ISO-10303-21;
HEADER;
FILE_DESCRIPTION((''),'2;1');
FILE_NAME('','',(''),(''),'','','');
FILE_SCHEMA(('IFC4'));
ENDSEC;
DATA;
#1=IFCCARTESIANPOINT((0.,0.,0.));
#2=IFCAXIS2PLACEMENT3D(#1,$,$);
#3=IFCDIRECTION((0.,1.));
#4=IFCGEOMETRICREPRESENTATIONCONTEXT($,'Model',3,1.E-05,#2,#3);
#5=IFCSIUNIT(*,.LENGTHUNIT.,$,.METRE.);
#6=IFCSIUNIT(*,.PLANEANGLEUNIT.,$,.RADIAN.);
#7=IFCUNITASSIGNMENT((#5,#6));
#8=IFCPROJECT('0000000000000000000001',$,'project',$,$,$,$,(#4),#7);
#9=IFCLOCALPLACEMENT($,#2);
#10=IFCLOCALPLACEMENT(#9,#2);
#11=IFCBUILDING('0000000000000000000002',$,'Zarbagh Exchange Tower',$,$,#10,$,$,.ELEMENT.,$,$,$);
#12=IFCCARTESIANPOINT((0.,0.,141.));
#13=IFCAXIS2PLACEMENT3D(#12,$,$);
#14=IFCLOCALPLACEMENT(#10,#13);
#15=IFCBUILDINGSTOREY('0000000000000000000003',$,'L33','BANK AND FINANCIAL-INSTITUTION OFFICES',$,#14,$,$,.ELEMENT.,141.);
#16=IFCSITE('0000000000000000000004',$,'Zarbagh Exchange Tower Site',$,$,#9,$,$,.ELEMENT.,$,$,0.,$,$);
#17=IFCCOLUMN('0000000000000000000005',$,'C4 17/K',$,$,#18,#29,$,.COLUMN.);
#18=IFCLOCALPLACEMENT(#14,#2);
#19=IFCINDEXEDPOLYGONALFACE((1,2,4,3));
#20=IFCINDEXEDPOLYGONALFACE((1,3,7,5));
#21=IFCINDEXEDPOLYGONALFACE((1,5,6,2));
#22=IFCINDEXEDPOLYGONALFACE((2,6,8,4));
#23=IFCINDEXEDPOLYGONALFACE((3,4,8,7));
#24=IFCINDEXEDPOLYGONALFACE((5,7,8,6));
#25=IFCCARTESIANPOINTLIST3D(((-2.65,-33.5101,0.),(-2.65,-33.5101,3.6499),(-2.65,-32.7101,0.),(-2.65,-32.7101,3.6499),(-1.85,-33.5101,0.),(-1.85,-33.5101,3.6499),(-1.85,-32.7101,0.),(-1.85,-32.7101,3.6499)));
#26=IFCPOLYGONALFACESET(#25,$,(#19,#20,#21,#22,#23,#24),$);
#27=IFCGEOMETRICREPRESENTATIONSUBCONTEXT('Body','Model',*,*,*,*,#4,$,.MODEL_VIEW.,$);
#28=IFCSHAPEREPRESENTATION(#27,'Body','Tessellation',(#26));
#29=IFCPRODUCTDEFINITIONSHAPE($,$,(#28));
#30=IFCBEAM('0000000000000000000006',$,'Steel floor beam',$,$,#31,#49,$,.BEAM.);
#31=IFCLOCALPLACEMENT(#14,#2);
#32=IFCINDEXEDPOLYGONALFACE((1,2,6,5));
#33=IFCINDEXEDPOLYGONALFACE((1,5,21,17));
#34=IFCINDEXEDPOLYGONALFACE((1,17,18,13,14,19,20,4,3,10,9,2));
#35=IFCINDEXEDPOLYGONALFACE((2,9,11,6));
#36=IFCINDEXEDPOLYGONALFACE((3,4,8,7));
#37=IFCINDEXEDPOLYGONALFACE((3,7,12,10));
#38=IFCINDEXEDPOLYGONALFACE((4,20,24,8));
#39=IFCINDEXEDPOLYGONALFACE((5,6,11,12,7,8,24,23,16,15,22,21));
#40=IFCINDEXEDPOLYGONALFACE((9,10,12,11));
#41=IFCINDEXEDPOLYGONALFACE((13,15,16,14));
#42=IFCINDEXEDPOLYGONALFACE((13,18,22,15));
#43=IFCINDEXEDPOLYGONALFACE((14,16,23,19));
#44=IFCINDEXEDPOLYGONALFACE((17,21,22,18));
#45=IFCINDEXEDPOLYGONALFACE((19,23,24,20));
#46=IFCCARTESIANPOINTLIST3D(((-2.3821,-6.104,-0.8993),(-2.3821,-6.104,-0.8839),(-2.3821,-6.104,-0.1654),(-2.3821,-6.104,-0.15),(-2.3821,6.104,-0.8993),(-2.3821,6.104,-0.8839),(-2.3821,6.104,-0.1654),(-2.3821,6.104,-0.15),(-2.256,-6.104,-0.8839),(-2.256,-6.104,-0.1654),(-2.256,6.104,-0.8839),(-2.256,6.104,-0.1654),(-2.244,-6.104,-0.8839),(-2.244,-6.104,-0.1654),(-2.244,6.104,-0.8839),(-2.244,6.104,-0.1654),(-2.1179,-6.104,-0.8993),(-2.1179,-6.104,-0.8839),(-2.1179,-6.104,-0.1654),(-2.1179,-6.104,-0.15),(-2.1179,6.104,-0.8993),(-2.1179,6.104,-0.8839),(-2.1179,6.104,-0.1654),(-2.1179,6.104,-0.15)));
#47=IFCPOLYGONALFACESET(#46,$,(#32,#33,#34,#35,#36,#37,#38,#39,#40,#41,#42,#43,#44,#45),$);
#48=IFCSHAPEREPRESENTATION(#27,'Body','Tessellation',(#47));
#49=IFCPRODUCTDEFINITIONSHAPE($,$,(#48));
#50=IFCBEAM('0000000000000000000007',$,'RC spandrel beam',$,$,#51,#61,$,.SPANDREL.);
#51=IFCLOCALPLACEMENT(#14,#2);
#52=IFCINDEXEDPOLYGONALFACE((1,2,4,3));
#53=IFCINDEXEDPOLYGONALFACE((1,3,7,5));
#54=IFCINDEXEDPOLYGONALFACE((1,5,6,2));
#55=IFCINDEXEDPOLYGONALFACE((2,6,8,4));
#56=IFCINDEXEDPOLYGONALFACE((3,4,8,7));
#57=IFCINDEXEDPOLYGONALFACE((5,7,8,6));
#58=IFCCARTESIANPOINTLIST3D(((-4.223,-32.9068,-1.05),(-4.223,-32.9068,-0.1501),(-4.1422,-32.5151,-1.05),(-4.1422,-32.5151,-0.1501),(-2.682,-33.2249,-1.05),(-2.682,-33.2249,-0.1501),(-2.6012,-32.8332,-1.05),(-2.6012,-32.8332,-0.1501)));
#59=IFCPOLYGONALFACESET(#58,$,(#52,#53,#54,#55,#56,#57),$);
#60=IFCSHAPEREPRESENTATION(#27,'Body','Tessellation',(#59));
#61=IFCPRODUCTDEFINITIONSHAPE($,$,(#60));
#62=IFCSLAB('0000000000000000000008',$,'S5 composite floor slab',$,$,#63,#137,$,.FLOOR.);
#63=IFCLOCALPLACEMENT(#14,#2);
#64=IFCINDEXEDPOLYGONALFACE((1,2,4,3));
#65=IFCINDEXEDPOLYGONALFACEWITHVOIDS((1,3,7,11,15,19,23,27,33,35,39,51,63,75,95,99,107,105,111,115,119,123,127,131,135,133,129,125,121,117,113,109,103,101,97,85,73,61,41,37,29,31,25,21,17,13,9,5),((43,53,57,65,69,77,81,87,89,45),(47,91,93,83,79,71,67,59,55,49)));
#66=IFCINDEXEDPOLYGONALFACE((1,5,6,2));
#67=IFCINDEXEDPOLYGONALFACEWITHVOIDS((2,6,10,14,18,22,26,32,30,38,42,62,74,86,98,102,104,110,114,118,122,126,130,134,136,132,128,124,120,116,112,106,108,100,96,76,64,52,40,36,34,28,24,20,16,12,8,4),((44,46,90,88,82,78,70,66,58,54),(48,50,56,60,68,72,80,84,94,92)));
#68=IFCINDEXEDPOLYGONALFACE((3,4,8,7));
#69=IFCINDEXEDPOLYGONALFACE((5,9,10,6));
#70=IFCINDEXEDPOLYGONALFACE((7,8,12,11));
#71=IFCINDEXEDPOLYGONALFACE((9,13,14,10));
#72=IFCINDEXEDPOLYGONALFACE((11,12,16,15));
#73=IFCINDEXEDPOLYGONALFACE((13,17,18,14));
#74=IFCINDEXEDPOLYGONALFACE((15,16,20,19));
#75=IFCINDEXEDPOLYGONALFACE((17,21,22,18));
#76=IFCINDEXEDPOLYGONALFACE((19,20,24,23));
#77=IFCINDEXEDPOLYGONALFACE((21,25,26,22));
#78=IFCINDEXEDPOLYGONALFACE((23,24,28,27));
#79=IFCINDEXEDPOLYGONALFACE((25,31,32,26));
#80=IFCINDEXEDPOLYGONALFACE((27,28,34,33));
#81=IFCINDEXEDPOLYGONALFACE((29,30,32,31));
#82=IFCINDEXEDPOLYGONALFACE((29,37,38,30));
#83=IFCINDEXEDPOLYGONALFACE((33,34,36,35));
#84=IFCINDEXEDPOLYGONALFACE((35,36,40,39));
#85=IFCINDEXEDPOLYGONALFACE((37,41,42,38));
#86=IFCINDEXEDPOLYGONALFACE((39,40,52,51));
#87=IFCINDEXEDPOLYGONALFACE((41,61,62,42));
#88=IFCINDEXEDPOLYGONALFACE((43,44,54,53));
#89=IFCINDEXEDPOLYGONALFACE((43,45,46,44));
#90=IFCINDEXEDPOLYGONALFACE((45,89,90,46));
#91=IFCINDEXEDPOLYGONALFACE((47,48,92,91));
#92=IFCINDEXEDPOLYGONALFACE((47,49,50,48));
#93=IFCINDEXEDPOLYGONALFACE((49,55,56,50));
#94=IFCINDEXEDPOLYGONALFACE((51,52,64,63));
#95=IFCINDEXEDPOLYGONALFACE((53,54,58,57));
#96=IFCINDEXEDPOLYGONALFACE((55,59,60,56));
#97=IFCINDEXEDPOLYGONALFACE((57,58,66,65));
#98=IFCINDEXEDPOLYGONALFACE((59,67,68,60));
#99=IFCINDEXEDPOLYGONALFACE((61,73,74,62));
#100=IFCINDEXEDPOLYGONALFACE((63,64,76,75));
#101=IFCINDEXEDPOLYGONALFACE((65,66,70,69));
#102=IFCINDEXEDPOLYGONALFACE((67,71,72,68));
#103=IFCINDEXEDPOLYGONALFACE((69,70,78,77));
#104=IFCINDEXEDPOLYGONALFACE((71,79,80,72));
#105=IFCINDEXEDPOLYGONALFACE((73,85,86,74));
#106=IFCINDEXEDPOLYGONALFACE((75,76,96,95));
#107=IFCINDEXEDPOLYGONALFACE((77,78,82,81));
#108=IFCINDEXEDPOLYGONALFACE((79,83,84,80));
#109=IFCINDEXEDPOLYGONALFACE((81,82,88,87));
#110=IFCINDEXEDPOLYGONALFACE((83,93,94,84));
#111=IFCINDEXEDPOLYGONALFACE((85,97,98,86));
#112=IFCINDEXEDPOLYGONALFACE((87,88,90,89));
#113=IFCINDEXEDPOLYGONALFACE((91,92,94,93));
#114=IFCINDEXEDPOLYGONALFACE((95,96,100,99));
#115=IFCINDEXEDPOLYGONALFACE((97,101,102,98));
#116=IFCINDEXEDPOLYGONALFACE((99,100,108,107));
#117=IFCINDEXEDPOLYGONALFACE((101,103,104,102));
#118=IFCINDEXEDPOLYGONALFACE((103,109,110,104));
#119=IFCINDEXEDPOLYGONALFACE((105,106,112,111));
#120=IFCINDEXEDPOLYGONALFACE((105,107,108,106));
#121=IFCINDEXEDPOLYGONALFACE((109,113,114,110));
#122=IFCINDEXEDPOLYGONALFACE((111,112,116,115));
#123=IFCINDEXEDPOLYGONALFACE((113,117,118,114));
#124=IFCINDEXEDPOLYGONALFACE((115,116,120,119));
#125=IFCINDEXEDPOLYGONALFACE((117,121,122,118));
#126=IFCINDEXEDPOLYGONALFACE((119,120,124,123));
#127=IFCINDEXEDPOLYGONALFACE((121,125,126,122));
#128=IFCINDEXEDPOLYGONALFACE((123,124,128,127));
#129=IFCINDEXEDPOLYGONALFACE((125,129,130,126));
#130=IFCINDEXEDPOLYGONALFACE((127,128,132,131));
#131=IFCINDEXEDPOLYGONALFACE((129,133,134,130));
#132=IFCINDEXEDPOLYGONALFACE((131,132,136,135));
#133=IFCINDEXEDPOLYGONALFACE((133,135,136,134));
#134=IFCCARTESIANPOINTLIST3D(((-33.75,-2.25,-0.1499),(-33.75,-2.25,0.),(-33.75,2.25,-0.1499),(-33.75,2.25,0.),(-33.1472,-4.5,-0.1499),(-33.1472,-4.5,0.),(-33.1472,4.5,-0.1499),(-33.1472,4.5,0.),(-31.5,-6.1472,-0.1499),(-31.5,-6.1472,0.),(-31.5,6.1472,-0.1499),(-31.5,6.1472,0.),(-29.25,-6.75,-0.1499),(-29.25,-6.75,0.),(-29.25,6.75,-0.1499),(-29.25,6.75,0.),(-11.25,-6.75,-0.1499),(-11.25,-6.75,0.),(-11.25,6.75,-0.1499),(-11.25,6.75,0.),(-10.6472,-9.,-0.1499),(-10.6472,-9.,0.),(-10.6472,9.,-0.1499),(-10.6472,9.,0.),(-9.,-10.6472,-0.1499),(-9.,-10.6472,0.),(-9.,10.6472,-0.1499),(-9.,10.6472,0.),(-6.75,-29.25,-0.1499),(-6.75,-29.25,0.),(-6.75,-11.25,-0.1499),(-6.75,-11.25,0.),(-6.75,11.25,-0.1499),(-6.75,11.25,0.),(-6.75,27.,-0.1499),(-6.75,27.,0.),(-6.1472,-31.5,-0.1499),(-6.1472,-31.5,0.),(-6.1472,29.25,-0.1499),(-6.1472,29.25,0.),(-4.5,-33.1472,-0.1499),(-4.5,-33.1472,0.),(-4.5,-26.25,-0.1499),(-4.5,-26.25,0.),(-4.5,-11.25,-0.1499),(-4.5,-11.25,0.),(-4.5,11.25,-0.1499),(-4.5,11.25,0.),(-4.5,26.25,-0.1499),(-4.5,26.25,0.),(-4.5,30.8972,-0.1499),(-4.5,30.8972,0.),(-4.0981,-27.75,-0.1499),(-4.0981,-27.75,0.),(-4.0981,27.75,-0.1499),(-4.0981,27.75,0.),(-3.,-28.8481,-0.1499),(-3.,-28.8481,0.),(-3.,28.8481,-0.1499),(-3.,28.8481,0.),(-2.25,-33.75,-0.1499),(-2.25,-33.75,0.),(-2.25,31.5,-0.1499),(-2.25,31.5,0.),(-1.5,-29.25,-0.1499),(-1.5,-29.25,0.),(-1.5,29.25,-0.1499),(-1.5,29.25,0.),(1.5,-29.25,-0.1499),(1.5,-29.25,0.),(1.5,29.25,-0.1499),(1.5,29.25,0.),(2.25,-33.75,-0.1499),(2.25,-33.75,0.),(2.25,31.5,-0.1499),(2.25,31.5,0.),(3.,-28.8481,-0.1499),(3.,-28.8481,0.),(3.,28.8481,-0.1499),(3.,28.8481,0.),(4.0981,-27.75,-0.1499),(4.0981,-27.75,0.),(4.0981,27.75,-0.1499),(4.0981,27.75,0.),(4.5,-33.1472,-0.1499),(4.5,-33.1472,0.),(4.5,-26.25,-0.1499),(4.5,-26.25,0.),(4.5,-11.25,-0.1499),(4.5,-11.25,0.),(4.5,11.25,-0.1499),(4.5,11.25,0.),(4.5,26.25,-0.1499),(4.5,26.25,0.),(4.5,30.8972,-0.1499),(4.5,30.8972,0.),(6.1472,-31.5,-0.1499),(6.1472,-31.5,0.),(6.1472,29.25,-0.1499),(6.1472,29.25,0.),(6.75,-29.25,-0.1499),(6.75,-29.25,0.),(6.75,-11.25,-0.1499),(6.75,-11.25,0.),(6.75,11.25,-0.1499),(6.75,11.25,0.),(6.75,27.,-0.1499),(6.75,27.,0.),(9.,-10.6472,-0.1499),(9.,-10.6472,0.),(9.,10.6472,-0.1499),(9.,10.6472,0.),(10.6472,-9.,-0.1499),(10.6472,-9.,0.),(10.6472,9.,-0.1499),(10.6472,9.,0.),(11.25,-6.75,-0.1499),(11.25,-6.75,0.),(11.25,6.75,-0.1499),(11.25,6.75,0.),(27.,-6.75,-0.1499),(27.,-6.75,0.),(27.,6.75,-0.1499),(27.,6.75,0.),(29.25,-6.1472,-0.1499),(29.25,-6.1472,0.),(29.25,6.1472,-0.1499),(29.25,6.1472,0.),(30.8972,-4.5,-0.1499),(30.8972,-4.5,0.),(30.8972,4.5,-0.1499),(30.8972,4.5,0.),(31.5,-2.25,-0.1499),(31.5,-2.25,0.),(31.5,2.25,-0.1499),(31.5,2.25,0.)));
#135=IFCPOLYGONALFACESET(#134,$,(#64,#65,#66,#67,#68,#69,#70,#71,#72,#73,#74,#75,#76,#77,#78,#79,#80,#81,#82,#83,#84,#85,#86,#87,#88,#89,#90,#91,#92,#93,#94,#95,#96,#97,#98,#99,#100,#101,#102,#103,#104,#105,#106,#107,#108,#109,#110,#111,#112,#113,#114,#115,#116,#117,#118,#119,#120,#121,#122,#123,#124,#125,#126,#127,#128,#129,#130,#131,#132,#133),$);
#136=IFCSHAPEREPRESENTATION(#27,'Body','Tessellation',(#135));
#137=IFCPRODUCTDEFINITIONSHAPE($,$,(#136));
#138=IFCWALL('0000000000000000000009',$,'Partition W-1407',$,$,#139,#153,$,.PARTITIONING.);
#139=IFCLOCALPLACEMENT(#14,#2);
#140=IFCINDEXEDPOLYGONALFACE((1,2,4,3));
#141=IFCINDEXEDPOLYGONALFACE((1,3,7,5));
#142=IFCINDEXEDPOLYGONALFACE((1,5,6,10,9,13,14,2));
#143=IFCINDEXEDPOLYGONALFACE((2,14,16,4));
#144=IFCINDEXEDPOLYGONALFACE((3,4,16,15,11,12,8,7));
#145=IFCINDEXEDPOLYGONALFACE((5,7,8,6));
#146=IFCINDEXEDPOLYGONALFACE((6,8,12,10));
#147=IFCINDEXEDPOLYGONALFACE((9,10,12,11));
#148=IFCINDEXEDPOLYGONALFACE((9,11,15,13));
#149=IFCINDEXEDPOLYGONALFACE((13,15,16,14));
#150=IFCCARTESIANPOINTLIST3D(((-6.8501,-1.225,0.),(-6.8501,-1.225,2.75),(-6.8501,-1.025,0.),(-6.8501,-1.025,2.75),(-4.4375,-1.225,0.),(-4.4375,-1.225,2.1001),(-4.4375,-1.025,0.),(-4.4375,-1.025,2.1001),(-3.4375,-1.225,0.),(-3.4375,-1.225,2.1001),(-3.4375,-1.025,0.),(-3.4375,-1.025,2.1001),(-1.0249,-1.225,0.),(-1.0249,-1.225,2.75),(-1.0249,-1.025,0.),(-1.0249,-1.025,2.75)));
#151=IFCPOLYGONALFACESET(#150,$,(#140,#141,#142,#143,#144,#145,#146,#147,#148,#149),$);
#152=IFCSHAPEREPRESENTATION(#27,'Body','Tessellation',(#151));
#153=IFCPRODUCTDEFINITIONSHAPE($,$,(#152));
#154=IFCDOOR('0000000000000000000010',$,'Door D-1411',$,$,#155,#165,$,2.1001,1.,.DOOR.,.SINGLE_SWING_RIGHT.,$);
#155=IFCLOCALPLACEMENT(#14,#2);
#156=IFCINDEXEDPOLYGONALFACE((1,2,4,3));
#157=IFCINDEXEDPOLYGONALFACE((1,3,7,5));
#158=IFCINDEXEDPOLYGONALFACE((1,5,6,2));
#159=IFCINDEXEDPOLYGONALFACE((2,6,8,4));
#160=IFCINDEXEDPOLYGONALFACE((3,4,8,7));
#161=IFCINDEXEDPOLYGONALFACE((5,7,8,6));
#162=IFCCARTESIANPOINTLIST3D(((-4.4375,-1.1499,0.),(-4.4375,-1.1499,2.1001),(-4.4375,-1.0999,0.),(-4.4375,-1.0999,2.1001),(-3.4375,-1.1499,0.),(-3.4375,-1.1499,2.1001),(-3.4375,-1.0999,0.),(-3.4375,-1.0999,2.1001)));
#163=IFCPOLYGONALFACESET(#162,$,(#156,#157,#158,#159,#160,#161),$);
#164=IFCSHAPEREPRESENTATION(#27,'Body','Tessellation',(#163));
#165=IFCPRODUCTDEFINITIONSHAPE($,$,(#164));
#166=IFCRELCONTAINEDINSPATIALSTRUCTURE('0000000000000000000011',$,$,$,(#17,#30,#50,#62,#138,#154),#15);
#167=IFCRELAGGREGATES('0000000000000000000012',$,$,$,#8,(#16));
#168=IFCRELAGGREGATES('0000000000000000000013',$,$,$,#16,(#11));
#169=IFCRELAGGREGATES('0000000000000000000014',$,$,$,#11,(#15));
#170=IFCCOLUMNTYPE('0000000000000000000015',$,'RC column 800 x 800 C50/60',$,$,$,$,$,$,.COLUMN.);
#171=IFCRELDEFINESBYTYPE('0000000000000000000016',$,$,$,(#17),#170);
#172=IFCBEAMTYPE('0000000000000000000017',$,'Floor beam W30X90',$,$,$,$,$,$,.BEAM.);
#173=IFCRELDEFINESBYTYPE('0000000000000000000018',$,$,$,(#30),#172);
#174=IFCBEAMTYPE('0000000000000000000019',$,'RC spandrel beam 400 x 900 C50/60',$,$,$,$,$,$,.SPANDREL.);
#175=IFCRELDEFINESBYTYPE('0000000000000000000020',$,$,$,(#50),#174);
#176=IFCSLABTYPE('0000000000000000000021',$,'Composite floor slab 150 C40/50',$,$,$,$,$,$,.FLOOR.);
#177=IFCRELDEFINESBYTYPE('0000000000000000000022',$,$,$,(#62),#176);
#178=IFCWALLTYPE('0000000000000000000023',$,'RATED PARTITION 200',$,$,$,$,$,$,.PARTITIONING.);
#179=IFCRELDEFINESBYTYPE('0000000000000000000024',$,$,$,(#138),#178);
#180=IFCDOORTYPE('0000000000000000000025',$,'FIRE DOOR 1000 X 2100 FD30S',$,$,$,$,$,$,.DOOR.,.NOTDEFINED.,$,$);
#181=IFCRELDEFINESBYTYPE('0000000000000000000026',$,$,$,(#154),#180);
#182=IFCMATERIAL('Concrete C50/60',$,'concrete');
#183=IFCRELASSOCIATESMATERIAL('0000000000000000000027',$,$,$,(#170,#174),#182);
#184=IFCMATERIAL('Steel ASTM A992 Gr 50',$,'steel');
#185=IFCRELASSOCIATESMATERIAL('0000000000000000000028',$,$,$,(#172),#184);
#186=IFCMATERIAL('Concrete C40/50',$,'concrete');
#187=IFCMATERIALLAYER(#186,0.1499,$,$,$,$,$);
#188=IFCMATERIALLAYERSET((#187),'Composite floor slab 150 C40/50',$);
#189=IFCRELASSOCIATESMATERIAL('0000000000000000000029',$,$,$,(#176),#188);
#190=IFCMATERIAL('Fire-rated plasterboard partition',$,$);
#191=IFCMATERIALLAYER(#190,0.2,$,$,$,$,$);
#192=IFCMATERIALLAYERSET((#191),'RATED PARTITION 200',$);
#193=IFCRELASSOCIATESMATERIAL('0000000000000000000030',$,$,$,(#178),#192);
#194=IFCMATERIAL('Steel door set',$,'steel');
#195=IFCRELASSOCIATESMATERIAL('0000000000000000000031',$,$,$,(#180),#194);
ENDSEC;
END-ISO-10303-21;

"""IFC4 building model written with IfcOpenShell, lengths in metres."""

from ifc_helpers import new_model, si_unit, direction, frame, frame_2d, origin, origin_2d, place, context, subcontext, project, spatial, polyline, rectangle, i_section, outline, extrude, material, layer, layer_set, material_profile, profile_set, type_object, element, fill, save


model = new_model("IFC4")

# Units and contexts
model_context = context("Model", 3, precision=1e-05, world=origin(), true_north=direction((0.0, 1.0)))
body_context = subcontext(model_context, "Body", "Model", "MODEL_VIEW")
ifc_project = project(units=[si_unit("LENGTHUNIT", "METRE"), si_unit("PLANEANGLEUNIT", "RADIAN")], contexts=[model_context])

# Site, building, storey
site_placement = place(None, origin())
site = spatial("IfcSite", under=ifc_project, at=site_placement, Name="Zarbagh Exchange Tower Site", CompositionType="ELEMENT", RefElevation=0.0)
building_placement = place(site_placement, origin())
building = spatial("IfcBuilding", under=site, at=building_placement, Name="Zarbagh Exchange Tower", CompositionType="ELEMENT")
storey_placement = place(building_placement, frame((0.0, 0.0, 141.0)))
storey = spatial("IfcBuildingStorey", under=building, at=storey_placement, Name="L33", Description="BANK AND FINANCIAL-INSTITUTION OFFICES", CompositionType="ELEMENT", Elevation=141.0)

# Column
ifc_material_1 = material(Name="Concrete C50/60", Category="concrete")
ifc_material_profile_1 = material_profile(ifc_material_1, rectangle(XDim=0.8, YDim=0.8, at=origin_2d()), Name="RC column 800 x 800 C50/60")
ifc_profile_set_1 = profile_set([ifc_material_profile_1], Name="Concrete C50/60")
column_type = type_object("IfcColumnType", Name="RC column 800 x 800 C50/60", PredefinedType="COLUMN", material=ifc_profile_set_1)
column_placement = place(storey_placement, frame((-2.25, -33.1101, 0.0), z_axis=(0.0, 0.0, 1.0), x_axis=(1.0, 0.0, 0.0)))
element("IfcColumn", 1, at=column_placement, inside=storey, type_object=column_type, Name="C4 17/K", PredefinedType="COLUMN", context=body_context, shape_type="SweptSolid", body=[
    extrude(rectangle(XDim=0.8, YDim=0.8, at=origin_2d()), origin(), (0.0, 0.0, 1.0), 3.6499),
])

# Beams
ifc_material_2 = material(Name="Steel ASTM A992 Gr 50", Category="steel")
ifc_material_profile_2 = material_profile(ifc_material_2, i_section(OverallWidth=0.2642, OverallDepth=0.7493, WebThickness=0.012, FlangeThickness=0.0154, at=origin_2d()), Name="W30X90")
ifc_profile_set_2 = profile_set([ifc_material_profile_2], Name="Steel ASTM A992 Gr 50")
beam_type_1 = type_object("IfcBeamType", Name="Floor beam W30X90", PredefinedType="BEAM", material=ifc_profile_set_2)
beam_1_placement = place(storey_placement, frame((-2.25, -6.104, -0.5247), z_axis=(0.0, 1.0, 0.0), x_axis=(-1.0, 0.0, 0.0)))
element("IfcBeam", 2, at=beam_1_placement, inside=storey, type_object=beam_type_1, Name="Steel floor beam", PredefinedType="BEAM", context=body_context, shape_type="SweptSolid", body=[
    extrude(i_section(OverallWidth=0.2642, OverallDepth=0.7493, WebThickness=0.012, FlangeThickness=0.0154, at=origin_2d()), origin(), (0.0, 0.0, 1.0), 12.208),
])
ifc_material_profile_3 = material_profile(ifc_material_1, rectangle(XDim=0.3999, YDim=0.8999, at=origin_2d()), Name="RC spandrel beam 400 x 900 C50/60")
ifc_profile_set_3 = profile_set([ifc_material_profile_3], Name="Concrete C50/60")
beam_type_2 = type_object("IfcBeamType", Name="RC spandrel beam 400 x 900 C50/60", PredefinedType="SPANDREL", material=ifc_profile_set_3)
beam_2_placement = place(storey_placement, frame((-2.6416, -33.0291, -0.6001), z_axis=(-0.979351, 0.202169, 0.0), x_axis=(-0.202169, -0.979351, 0.0)))
element("IfcBeam", 3, at=beam_2_placement, inside=storey, type_object=beam_type_2, Name="RC spandrel beam", PredefinedType="SPANDREL", context=body_context, shape_type="SweptSolid", body=[
    extrude(rectangle(XDim=0.3999, YDim=0.8999, at=origin_2d()), origin(), (0.0, 0.0, 1.0), 1.5735),
])

# Slab
ifc_material_3 = material(Name="Concrete C40/50", Category="concrete")
ifc_layer_1 = layer(ifc_material_3, 0.1499)
ifc_layer_set_1 = layer_set([ifc_layer_1], Name="Composite floor slab 150 C40/50")
slab_type = type_object("IfcSlabType", Name="Composite floor slab 150 C40/50", PredefinedType="FLOOR", material=ifc_layer_set_1)
slab_placement = place(storey_placement, frame((0.0, 0.0, -0.1499)))
element("IfcSlab", 4, at=slab_placement, inside=storey, type_object=slab_type, Name="S5 composite floor slab", PredefinedType="FLOOR", context=body_context, shape_type="SweptSolid", body=[
    extrude(outline(polyline([(-2.25, -33.75), (-4.5, -33.1472), (-6.1472, -31.5), (-6.75, -29.25), (-6.75, -11.25), (-9.0, -10.6472), (-10.6472, -9.0), (-11.25, -6.75), (-29.25, -6.75), (-31.5, -6.1472), (-33.1472, -4.5), (-33.75, -2.25), (-33.75, 2.25), (-33.1472, 4.5), (-31.5, 6.1472), (-29.25, 6.75), (-11.25, 6.75), (-10.6472, 9.0), (-9.0, 10.6472), (-6.75, 11.25), (-6.75, 27.0), (-6.1472, 29.25), (-4.5, 30.8972), (-2.25, 31.5), (2.25, 31.5), (4.5, 30.8972), (6.1472, 29.25), (6.75, 27.0), (6.75, 11.25), (9.0, 10.6472), (10.6472, 9.0), (11.25, 6.75), (27.0, 6.75), (29.25, 6.1472), (30.8972, 4.5), (31.5, 2.25), (31.5, -2.25), (30.8972, -4.5), (29.25, -6.1472), (27.0, -6.75), (11.25, -6.75), (10.6472, -9.0), (9.0, -10.6472), (6.75, -11.25), (6.75, -29.25), (6.1472, -31.5), (4.5, -33.1472), (2.25, -33.75), (-2.25, -33.75)]), holes=[polyline([(4.5, 11.25), (4.5, 26.25), (4.0981, 27.75), (3.0, 28.8481), (1.5, 29.25), (-1.5, 29.25), (-3.0, 28.8481), (-4.0981, 27.75), (-4.5, 26.25), (-4.5, 11.25), (4.5, 11.25)]), polyline([(-1.5, -29.25), (1.5, -29.25), (3.0, -28.8481), (4.0981, -27.75), (4.5, -26.25), (4.5, -11.25), (-4.5, -11.25), (-4.5, -26.25), (-4.0981, -27.75), (-3.0, -28.8481), (-1.5, -29.25)])]), origin(), (0.0, 0.0, 1.0), 0.1499),
])

# Wall, opening, door
ifc_material_4 = material(Name="Fire-rated plasterboard partition")
ifc_layer_2 = layer(ifc_material_4, 0.2)
ifc_layer_set_2 = layer_set([ifc_layer_2], Name="RATED PARTITION 200")
wall_type_1 = type_object("IfcWallType", Name="RATED PARTITION 200", PredefinedType="PARTITIONING", material=ifc_layer_set_2)
wall_1_placement = place(storey_placement, frame((-1.0249, -1.125, 0.0), z_axis=(0.0, 0.0, 1.0), x_axis=(-1.0, 0.0, 0.0)))
wall_1 = element("IfcWall", 5, at=wall_1_placement, inside=storey, type_object=wall_type_1, Name="Partition W-1407", PredefinedType="PARTITIONING", context=body_context, shape_type="SweptSolid", body=[
    extrude(rectangle(XDim=5.8252, YDim=0.2, at=frame_2d((2.9126, 0.0))), origin(), (0.0, 0.0, 1.0), 2.75),
])
opening_1_placement = place(wall_1_placement, frame((2.4126, 0.0, 0.0)))
opening_1 = element("IfcOpeningElement", 6, at=opening_1_placement, cuts=wall_1, PredefinedType="OPENING", context=body_context, shape_type="SweptSolid", body=[
    extrude(rectangle(XDim=1.0, YDim=2.1001, at=frame_2d((0.5, 1.05))), frame((0.0, 0.1099, 0.0), z_axis=(0.0, -1.0, 0.0), x_axis=(1.0, 0.0, 0.0)), (0.0, 0.0, 1.0), 0.22),
])
ifc_material_5 = material(Name="Steel door set", Category="steel")
door_type_1 = type_object("IfcDoorType", Name="FIRE DOOR 1000 X 2100 FD30S", OperationType="NOTDEFINED", PredefinedType="DOOR", material=ifc_material_5)
door_1_placement = place(opening_1_placement, origin())
door_1 = element("IfcDoor", 7, at=door_1_placement, inside=storey, type_object=door_type_1, Name="Door D-1411", OperationType="SINGLE_SWING_RIGHT", OverallHeight=2.1001, OverallWidth=1.0, PredefinedType="DOOR", context=body_context, shape_type="SweptSolid", body=[
    extrude(rectangle(XDim=1.0, YDim=2.1001, at=frame_2d((0.5, 1.05))), frame((0.0, 0.0249, 0.0), z_axis=(0.0, -1.0, 0.0), x_axis=(1.0, 0.0, 0.0)), (0.0, 0.0, 1.0), 0.05),
])
fill(opening_1, door_1)

save(model, "model.ifc")
